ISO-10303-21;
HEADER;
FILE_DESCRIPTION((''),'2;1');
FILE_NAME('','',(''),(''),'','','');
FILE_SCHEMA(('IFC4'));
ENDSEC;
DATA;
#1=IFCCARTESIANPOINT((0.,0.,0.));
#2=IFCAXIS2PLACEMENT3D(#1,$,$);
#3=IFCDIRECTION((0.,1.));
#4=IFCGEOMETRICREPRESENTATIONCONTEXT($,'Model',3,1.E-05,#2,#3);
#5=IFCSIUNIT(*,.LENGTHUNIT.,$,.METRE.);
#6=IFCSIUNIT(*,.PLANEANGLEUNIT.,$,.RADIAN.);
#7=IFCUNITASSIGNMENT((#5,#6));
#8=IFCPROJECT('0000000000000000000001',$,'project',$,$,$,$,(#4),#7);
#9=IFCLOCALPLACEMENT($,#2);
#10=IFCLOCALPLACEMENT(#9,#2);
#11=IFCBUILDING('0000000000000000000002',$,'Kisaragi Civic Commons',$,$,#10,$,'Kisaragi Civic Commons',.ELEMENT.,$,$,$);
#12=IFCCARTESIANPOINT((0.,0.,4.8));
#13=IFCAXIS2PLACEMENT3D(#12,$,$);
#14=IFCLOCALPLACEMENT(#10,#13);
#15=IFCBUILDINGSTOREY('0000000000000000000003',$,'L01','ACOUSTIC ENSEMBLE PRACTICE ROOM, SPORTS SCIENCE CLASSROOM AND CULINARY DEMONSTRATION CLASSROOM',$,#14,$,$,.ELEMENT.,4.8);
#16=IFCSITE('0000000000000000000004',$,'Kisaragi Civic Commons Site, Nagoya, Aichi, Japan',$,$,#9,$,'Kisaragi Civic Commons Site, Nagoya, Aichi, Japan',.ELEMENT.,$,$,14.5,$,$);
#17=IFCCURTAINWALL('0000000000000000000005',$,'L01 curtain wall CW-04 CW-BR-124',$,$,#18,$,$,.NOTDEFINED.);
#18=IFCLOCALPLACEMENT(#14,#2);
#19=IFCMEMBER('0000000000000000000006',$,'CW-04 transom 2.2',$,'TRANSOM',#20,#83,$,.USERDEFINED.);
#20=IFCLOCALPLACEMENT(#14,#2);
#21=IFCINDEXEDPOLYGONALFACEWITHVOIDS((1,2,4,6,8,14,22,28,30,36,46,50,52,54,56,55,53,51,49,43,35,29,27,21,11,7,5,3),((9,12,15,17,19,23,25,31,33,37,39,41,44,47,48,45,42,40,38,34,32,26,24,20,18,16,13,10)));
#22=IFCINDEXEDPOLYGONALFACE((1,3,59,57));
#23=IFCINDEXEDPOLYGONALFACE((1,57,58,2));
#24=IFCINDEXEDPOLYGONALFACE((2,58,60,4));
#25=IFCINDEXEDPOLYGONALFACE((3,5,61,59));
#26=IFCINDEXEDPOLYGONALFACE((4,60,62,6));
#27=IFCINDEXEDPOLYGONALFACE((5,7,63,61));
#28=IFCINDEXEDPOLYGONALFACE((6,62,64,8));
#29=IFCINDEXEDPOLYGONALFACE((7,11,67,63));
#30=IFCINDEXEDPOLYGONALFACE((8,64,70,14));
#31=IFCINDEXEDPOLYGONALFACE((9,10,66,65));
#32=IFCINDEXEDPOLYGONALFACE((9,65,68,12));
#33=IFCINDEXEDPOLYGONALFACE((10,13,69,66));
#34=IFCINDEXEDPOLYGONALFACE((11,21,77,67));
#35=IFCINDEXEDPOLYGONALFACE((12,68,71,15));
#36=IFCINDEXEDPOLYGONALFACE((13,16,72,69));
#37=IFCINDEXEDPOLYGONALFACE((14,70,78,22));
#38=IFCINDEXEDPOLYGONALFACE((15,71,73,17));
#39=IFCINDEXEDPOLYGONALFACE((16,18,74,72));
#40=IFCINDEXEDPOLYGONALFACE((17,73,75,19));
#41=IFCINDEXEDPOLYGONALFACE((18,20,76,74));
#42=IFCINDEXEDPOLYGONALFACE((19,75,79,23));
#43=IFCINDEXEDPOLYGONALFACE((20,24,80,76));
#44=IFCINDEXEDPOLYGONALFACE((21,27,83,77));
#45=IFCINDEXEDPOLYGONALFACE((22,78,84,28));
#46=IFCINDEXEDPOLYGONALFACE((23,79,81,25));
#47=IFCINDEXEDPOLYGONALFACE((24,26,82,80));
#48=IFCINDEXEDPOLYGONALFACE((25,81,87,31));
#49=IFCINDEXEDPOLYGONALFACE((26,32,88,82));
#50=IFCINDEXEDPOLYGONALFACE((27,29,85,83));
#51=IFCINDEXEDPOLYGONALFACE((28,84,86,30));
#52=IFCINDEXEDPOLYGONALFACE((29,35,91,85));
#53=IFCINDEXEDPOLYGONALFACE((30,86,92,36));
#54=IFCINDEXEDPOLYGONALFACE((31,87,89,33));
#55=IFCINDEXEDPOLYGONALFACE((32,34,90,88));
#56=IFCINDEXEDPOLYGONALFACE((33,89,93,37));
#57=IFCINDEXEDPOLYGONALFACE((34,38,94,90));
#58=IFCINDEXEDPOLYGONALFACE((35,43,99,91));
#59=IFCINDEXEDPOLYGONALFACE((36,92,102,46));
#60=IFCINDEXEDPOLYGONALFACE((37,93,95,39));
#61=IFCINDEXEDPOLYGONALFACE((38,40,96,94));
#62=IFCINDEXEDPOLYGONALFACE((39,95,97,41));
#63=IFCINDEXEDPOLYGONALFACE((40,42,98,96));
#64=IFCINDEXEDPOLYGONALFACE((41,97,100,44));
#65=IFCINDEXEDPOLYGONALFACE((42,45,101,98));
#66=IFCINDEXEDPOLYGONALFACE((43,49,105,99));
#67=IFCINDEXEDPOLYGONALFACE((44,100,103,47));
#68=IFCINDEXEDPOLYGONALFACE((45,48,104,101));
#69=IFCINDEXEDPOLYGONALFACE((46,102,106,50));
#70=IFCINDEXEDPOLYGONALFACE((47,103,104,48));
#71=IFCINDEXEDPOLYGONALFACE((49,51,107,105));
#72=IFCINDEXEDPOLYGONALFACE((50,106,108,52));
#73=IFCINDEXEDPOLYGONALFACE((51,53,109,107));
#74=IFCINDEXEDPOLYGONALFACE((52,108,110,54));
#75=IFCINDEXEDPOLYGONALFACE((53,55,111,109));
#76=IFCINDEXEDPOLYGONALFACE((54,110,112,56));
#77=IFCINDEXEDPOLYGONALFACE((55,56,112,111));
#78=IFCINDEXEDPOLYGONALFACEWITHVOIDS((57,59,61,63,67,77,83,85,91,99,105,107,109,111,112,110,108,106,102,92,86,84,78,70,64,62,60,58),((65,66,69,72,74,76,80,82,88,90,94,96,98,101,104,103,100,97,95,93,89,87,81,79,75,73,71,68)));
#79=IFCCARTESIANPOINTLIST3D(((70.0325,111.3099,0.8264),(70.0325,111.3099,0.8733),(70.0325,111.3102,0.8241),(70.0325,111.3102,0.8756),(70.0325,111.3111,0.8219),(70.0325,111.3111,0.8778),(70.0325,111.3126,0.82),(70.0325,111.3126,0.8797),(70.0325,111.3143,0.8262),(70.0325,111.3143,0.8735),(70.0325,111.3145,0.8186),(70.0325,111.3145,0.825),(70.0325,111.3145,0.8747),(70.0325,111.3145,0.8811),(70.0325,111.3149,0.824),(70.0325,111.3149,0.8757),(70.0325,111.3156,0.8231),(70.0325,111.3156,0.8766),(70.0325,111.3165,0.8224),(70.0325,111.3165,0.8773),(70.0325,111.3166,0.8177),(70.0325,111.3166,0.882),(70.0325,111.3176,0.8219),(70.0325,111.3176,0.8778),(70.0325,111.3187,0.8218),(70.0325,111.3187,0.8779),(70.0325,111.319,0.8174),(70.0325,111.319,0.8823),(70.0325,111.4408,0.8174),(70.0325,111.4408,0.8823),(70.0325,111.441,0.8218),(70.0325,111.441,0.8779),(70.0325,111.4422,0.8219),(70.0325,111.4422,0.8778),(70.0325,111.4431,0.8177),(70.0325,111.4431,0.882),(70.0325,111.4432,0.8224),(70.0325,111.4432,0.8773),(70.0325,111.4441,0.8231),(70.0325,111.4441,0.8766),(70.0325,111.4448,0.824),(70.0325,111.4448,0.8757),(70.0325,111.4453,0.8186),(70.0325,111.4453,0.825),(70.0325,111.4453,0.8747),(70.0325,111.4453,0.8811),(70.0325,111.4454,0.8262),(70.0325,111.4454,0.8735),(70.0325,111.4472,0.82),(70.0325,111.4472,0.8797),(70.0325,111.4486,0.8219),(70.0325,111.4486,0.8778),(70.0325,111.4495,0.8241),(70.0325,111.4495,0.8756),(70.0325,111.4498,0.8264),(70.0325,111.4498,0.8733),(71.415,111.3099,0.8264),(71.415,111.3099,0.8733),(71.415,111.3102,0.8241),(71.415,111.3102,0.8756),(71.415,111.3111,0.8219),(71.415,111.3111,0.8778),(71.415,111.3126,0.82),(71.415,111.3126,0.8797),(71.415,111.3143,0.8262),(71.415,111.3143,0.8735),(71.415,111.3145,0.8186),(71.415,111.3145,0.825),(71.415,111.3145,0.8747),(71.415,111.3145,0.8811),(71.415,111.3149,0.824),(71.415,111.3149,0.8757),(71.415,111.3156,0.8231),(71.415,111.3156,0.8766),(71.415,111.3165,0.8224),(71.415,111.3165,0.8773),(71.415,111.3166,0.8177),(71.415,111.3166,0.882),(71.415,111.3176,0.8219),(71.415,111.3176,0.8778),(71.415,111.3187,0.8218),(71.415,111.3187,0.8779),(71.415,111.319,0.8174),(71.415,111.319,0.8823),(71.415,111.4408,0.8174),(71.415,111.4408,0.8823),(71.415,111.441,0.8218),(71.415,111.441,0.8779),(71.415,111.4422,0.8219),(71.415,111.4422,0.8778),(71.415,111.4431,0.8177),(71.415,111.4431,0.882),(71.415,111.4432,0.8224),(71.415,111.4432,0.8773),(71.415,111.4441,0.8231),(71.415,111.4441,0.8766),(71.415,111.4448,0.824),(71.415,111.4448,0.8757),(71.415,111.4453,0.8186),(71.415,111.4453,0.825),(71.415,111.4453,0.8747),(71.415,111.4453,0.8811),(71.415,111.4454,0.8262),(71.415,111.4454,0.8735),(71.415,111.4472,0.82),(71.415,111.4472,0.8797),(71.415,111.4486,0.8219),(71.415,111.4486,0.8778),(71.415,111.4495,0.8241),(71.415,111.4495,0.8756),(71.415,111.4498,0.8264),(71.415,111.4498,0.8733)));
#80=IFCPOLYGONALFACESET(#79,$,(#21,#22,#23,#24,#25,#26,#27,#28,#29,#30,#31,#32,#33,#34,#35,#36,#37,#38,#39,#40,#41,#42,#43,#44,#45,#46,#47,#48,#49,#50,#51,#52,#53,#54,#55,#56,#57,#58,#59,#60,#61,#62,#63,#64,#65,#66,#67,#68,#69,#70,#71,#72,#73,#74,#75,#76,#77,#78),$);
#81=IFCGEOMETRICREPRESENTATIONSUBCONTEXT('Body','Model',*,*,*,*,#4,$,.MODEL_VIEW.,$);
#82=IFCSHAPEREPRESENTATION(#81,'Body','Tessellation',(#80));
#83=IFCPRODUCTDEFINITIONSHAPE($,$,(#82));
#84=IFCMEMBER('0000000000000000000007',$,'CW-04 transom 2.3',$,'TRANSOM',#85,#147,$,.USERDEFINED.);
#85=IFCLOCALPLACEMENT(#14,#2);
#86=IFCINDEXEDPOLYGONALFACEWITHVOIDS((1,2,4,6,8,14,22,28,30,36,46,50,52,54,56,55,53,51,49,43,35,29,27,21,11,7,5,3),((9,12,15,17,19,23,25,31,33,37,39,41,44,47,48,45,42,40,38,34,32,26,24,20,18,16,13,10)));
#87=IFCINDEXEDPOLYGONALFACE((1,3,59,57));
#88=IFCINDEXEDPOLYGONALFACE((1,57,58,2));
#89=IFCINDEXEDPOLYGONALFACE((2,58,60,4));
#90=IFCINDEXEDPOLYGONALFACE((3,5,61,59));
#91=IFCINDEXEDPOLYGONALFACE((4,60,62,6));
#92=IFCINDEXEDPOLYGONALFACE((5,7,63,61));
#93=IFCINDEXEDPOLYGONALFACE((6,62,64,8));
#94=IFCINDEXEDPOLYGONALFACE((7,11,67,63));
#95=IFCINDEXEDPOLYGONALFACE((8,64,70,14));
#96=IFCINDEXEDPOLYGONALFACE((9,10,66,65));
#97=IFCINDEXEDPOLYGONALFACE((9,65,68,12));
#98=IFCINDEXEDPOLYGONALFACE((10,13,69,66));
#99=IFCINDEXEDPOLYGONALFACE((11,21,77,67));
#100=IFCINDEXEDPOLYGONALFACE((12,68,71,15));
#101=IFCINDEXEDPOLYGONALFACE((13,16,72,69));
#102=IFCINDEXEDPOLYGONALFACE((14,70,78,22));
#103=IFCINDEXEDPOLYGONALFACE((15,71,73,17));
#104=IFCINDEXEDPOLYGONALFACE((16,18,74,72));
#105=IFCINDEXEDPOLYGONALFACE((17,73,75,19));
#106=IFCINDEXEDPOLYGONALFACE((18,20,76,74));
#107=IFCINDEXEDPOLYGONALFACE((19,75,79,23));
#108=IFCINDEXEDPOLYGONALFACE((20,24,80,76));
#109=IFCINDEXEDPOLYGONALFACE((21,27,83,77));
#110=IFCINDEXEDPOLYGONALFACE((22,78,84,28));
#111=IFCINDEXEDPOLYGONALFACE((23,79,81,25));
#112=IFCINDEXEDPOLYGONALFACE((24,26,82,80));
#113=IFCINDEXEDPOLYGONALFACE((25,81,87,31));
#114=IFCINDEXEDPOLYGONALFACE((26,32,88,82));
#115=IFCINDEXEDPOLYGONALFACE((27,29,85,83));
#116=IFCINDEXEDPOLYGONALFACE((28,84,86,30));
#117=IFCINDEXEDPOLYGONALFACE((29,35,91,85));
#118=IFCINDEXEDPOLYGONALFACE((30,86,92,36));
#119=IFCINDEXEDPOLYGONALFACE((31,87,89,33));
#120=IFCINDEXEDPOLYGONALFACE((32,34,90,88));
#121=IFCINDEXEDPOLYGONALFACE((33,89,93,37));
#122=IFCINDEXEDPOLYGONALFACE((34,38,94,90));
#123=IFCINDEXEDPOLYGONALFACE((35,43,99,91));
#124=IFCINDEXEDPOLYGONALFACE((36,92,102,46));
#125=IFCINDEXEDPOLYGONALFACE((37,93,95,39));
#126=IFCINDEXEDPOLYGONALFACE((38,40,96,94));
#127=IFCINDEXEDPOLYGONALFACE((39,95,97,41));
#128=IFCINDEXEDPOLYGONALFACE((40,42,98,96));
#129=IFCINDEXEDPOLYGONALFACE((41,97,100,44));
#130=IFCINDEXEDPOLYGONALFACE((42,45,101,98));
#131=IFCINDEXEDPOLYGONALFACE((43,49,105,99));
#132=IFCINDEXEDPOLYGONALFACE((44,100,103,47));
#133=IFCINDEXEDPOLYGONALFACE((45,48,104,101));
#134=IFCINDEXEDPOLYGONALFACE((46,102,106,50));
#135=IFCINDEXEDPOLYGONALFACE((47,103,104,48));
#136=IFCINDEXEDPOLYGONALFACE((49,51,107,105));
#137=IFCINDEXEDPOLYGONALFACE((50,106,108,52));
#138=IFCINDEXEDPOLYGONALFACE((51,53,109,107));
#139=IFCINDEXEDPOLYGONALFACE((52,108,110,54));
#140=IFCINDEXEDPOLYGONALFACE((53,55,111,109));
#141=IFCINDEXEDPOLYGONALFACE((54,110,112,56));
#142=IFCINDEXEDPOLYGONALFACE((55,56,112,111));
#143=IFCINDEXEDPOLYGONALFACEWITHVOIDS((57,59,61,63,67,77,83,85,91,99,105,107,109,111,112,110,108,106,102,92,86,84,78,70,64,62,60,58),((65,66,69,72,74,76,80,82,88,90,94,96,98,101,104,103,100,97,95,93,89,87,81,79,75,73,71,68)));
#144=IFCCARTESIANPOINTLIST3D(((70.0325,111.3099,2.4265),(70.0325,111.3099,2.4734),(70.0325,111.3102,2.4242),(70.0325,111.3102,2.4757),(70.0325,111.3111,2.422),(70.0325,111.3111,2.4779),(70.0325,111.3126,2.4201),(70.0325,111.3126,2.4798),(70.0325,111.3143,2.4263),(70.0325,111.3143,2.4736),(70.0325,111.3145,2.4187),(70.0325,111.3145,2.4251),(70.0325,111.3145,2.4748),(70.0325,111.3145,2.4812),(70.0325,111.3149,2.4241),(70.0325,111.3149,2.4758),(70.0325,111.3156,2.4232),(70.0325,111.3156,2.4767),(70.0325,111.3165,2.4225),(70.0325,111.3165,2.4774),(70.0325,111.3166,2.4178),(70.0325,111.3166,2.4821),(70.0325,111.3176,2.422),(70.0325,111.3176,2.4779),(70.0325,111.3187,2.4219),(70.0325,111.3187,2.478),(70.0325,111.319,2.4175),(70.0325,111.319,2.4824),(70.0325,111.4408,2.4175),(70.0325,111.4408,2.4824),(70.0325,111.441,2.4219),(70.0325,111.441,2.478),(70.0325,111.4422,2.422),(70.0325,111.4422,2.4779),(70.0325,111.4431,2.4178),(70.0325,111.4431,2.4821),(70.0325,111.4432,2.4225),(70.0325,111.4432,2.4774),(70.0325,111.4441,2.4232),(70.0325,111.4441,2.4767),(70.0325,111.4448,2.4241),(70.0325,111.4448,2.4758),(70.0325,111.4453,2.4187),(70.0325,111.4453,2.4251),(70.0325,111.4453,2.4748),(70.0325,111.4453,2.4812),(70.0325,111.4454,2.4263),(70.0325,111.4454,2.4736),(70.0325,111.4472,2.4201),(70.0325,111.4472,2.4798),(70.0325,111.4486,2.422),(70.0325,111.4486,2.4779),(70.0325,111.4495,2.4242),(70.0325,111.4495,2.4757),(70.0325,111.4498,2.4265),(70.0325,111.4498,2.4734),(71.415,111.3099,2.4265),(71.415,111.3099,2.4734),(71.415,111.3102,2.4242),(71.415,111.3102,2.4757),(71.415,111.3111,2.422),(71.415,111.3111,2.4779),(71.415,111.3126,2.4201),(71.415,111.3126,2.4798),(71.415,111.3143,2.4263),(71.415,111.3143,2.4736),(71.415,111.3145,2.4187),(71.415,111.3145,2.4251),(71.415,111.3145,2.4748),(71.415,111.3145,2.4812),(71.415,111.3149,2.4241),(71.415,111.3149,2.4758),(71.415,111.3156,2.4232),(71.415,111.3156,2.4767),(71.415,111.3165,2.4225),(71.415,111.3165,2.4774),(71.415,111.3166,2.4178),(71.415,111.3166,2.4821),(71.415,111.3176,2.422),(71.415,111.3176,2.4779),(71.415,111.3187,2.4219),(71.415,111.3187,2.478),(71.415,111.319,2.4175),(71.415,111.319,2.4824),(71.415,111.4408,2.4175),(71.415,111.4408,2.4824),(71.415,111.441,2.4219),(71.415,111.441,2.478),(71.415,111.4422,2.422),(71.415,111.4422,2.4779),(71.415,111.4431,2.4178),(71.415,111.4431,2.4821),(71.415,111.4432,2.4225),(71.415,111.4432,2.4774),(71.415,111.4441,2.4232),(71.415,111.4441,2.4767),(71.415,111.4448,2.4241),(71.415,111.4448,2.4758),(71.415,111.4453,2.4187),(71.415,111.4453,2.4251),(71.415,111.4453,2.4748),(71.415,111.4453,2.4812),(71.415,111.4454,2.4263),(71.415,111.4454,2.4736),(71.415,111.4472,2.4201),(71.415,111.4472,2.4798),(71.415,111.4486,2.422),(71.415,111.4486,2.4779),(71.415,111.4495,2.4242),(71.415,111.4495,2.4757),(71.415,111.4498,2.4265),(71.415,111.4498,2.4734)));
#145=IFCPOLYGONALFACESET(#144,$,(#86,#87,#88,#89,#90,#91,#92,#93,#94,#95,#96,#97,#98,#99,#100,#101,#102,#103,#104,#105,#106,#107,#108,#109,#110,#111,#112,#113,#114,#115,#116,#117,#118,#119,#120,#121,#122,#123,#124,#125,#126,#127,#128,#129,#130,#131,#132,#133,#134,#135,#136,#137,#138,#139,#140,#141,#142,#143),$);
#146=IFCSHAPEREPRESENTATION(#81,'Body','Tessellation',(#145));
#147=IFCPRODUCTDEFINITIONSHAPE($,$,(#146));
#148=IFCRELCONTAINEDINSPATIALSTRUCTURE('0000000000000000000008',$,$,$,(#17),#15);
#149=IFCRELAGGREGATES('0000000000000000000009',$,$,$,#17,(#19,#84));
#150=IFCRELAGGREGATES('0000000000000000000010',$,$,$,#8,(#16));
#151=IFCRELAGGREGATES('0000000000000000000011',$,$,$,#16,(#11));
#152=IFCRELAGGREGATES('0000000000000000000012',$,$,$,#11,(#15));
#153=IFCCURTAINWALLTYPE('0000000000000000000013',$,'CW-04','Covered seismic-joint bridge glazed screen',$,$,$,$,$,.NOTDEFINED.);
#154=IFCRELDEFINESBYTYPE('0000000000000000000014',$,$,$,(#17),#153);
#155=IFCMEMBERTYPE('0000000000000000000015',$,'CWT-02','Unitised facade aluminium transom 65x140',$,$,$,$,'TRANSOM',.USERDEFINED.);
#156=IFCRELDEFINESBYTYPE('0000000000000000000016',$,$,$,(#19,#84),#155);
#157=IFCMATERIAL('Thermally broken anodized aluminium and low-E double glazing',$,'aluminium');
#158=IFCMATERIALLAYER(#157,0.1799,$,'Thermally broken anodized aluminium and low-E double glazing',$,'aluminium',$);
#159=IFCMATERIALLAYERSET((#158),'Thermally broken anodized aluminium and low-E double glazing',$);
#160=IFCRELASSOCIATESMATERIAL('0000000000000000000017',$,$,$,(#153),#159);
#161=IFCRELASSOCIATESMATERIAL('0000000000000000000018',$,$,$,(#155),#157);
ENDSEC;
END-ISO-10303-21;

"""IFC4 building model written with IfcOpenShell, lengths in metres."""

from ifc_helpers import new_model, si_unit, direction, frame, origin, origin_2d, place, context, subcontext, project, spatial, hollow_rectangle, extrude, material, layer, layer_set, material_profile, profile_set, type_object, element, aggregate, save


model = new_model("IFC4")

# Units and contexts
model_context = context("Model", 3, precision=1e-05, world=origin(), true_north=direction((0.0, 1.0)))
body_context = subcontext(model_context, "Body", "Model", "MODEL_VIEW")
ifc_project = project(units=[si_unit("LENGTHUNIT", "METRE"), si_unit("PLANEANGLEUNIT", "RADIAN")], contexts=[model_context])

# Site, building, storey
site_placement = place(None, origin())
site = spatial("IfcSite", under=ifc_project, at=site_placement, Name="Kisaragi Civic Commons Site, Nagoya, Aichi, Japan", LongName="Kisaragi Civic Commons Site, Nagoya, Aichi, Japan", CompositionType="ELEMENT", RefElevation=14.5)
building_placement = place(site_placement, origin())
building = spatial("IfcBuilding", under=site, at=building_placement, Name="Kisaragi Civic Commons", LongName="Kisaragi Civic Commons", CompositionType="ELEMENT")
storey_placement = place(building_placement, frame((0.0, 0.0, 4.8)))
storey = spatial("IfcBuildingStorey", under=building, at=storey_placement, Name="L01", Description="ACOUSTIC ENSEMBLE PRACTICE ROOM, SPORTS SCIENCE CLASSROOM AND CULINARY DEMONSTRATION CLASSROOM", CompositionType="ELEMENT", Elevation=4.8)

# Shared definitions
ifc_material_1 = material(Name="Thermally broken anodized aluminium and low-E double glazing", Category="aluminium")

# Curtain wall
ifc_layer_1 = layer(ifc_material_1, 0.1799, Name="Thermally broken anodized aluminium and low-E double glazing", Category="aluminium")
ifc_layer_set_1 = layer_set([ifc_layer_1], Name="Thermally broken anodized aluminium and low-E double glazing")
curtain_wall_type_1 = type_object("IfcCurtainWallType", Name="CW-04", Description="Covered seismic-joint bridge glazed screen", PredefinedType="NOTDEFINED", material=ifc_layer_set_1)
curtain_wall_1_placement = place(storey_placement, origin())
curtain_wall_1 = element("IfcCurtainWall", 1, at=curtain_wall_1_placement, inside=storey, type_object=curtain_wall_type_1, Name="L01 curtain wall CW-04 CW-BR-124", PredefinedType="NOTDEFINED")

# Members
ifc_material_profile_1 = material_profile(ifc_material_1, hollow_rectangle(XDim=0.1399, YDim=0.0649, WallThickness=0.0044, InnerFilletRadius=0.0044, OuterFilletRadius=0.009, at=origin_2d()), Name="CWT-65x140x4.5", Category="aluminium")
ifc_profile_set_1 = profile_set([ifc_material_profile_1], Name="Thermally broken anodized aluminium and low-E double glazing")
member_type_1 = type_object("IfcMemberType", Name="CWT-02", Description="Unitised facade aluminium transom 65x140", ElementType="TRANSOM", PredefinedType="USERDEFINED", material=ifc_profile_set_1)
member_1_placement = place(storey_placement, frame((70.0325, 111.3799, 0.8499), z_axis=(1.0, 0.0, 0.0), x_axis=(0.0, 1.0, 0.0)))
member_1 = element("IfcMember", 2, at=member_1_placement, type_object=member_type_1, Name="CW-04 transom 2.2", ObjectType="TRANSOM", PredefinedType="USERDEFINED", context=body_context, shape_type="SweptSolid", body=[
    extrude(hollow_rectangle(XDim=0.1399, YDim=0.0649, WallThickness=0.0044, InnerFilletRadius=0.0044, OuterFilletRadius=0.009, at=origin_2d()), origin(), (0.0, 0.0, 1.0), 1.3826),
])
member_2_placement = place(storey_placement, frame((70.0325, 111.3799, 2.45), z_axis=(1.0, 0.0, 0.0), x_axis=(0.0, 1.0, 0.0)))
member_2 = element("IfcMember", 3, at=member_2_placement, type_object=member_type_1, Name="CW-04 transom 2.3", ObjectType="TRANSOM", PredefinedType="USERDEFINED", context=body_context, shape_type="SweptSolid", body=[
    extrude(hollow_rectangle(XDim=0.1399, YDim=0.0649, WallThickness=0.0044, InnerFilletRadius=0.0044, OuterFilletRadius=0.009, at=origin_2d()), origin(), (0.0, 0.0, 1.0), 1.3826),
])

aggregate(curtain_wall_1, [member_1, member_2])

save(model, "model.ifc")
